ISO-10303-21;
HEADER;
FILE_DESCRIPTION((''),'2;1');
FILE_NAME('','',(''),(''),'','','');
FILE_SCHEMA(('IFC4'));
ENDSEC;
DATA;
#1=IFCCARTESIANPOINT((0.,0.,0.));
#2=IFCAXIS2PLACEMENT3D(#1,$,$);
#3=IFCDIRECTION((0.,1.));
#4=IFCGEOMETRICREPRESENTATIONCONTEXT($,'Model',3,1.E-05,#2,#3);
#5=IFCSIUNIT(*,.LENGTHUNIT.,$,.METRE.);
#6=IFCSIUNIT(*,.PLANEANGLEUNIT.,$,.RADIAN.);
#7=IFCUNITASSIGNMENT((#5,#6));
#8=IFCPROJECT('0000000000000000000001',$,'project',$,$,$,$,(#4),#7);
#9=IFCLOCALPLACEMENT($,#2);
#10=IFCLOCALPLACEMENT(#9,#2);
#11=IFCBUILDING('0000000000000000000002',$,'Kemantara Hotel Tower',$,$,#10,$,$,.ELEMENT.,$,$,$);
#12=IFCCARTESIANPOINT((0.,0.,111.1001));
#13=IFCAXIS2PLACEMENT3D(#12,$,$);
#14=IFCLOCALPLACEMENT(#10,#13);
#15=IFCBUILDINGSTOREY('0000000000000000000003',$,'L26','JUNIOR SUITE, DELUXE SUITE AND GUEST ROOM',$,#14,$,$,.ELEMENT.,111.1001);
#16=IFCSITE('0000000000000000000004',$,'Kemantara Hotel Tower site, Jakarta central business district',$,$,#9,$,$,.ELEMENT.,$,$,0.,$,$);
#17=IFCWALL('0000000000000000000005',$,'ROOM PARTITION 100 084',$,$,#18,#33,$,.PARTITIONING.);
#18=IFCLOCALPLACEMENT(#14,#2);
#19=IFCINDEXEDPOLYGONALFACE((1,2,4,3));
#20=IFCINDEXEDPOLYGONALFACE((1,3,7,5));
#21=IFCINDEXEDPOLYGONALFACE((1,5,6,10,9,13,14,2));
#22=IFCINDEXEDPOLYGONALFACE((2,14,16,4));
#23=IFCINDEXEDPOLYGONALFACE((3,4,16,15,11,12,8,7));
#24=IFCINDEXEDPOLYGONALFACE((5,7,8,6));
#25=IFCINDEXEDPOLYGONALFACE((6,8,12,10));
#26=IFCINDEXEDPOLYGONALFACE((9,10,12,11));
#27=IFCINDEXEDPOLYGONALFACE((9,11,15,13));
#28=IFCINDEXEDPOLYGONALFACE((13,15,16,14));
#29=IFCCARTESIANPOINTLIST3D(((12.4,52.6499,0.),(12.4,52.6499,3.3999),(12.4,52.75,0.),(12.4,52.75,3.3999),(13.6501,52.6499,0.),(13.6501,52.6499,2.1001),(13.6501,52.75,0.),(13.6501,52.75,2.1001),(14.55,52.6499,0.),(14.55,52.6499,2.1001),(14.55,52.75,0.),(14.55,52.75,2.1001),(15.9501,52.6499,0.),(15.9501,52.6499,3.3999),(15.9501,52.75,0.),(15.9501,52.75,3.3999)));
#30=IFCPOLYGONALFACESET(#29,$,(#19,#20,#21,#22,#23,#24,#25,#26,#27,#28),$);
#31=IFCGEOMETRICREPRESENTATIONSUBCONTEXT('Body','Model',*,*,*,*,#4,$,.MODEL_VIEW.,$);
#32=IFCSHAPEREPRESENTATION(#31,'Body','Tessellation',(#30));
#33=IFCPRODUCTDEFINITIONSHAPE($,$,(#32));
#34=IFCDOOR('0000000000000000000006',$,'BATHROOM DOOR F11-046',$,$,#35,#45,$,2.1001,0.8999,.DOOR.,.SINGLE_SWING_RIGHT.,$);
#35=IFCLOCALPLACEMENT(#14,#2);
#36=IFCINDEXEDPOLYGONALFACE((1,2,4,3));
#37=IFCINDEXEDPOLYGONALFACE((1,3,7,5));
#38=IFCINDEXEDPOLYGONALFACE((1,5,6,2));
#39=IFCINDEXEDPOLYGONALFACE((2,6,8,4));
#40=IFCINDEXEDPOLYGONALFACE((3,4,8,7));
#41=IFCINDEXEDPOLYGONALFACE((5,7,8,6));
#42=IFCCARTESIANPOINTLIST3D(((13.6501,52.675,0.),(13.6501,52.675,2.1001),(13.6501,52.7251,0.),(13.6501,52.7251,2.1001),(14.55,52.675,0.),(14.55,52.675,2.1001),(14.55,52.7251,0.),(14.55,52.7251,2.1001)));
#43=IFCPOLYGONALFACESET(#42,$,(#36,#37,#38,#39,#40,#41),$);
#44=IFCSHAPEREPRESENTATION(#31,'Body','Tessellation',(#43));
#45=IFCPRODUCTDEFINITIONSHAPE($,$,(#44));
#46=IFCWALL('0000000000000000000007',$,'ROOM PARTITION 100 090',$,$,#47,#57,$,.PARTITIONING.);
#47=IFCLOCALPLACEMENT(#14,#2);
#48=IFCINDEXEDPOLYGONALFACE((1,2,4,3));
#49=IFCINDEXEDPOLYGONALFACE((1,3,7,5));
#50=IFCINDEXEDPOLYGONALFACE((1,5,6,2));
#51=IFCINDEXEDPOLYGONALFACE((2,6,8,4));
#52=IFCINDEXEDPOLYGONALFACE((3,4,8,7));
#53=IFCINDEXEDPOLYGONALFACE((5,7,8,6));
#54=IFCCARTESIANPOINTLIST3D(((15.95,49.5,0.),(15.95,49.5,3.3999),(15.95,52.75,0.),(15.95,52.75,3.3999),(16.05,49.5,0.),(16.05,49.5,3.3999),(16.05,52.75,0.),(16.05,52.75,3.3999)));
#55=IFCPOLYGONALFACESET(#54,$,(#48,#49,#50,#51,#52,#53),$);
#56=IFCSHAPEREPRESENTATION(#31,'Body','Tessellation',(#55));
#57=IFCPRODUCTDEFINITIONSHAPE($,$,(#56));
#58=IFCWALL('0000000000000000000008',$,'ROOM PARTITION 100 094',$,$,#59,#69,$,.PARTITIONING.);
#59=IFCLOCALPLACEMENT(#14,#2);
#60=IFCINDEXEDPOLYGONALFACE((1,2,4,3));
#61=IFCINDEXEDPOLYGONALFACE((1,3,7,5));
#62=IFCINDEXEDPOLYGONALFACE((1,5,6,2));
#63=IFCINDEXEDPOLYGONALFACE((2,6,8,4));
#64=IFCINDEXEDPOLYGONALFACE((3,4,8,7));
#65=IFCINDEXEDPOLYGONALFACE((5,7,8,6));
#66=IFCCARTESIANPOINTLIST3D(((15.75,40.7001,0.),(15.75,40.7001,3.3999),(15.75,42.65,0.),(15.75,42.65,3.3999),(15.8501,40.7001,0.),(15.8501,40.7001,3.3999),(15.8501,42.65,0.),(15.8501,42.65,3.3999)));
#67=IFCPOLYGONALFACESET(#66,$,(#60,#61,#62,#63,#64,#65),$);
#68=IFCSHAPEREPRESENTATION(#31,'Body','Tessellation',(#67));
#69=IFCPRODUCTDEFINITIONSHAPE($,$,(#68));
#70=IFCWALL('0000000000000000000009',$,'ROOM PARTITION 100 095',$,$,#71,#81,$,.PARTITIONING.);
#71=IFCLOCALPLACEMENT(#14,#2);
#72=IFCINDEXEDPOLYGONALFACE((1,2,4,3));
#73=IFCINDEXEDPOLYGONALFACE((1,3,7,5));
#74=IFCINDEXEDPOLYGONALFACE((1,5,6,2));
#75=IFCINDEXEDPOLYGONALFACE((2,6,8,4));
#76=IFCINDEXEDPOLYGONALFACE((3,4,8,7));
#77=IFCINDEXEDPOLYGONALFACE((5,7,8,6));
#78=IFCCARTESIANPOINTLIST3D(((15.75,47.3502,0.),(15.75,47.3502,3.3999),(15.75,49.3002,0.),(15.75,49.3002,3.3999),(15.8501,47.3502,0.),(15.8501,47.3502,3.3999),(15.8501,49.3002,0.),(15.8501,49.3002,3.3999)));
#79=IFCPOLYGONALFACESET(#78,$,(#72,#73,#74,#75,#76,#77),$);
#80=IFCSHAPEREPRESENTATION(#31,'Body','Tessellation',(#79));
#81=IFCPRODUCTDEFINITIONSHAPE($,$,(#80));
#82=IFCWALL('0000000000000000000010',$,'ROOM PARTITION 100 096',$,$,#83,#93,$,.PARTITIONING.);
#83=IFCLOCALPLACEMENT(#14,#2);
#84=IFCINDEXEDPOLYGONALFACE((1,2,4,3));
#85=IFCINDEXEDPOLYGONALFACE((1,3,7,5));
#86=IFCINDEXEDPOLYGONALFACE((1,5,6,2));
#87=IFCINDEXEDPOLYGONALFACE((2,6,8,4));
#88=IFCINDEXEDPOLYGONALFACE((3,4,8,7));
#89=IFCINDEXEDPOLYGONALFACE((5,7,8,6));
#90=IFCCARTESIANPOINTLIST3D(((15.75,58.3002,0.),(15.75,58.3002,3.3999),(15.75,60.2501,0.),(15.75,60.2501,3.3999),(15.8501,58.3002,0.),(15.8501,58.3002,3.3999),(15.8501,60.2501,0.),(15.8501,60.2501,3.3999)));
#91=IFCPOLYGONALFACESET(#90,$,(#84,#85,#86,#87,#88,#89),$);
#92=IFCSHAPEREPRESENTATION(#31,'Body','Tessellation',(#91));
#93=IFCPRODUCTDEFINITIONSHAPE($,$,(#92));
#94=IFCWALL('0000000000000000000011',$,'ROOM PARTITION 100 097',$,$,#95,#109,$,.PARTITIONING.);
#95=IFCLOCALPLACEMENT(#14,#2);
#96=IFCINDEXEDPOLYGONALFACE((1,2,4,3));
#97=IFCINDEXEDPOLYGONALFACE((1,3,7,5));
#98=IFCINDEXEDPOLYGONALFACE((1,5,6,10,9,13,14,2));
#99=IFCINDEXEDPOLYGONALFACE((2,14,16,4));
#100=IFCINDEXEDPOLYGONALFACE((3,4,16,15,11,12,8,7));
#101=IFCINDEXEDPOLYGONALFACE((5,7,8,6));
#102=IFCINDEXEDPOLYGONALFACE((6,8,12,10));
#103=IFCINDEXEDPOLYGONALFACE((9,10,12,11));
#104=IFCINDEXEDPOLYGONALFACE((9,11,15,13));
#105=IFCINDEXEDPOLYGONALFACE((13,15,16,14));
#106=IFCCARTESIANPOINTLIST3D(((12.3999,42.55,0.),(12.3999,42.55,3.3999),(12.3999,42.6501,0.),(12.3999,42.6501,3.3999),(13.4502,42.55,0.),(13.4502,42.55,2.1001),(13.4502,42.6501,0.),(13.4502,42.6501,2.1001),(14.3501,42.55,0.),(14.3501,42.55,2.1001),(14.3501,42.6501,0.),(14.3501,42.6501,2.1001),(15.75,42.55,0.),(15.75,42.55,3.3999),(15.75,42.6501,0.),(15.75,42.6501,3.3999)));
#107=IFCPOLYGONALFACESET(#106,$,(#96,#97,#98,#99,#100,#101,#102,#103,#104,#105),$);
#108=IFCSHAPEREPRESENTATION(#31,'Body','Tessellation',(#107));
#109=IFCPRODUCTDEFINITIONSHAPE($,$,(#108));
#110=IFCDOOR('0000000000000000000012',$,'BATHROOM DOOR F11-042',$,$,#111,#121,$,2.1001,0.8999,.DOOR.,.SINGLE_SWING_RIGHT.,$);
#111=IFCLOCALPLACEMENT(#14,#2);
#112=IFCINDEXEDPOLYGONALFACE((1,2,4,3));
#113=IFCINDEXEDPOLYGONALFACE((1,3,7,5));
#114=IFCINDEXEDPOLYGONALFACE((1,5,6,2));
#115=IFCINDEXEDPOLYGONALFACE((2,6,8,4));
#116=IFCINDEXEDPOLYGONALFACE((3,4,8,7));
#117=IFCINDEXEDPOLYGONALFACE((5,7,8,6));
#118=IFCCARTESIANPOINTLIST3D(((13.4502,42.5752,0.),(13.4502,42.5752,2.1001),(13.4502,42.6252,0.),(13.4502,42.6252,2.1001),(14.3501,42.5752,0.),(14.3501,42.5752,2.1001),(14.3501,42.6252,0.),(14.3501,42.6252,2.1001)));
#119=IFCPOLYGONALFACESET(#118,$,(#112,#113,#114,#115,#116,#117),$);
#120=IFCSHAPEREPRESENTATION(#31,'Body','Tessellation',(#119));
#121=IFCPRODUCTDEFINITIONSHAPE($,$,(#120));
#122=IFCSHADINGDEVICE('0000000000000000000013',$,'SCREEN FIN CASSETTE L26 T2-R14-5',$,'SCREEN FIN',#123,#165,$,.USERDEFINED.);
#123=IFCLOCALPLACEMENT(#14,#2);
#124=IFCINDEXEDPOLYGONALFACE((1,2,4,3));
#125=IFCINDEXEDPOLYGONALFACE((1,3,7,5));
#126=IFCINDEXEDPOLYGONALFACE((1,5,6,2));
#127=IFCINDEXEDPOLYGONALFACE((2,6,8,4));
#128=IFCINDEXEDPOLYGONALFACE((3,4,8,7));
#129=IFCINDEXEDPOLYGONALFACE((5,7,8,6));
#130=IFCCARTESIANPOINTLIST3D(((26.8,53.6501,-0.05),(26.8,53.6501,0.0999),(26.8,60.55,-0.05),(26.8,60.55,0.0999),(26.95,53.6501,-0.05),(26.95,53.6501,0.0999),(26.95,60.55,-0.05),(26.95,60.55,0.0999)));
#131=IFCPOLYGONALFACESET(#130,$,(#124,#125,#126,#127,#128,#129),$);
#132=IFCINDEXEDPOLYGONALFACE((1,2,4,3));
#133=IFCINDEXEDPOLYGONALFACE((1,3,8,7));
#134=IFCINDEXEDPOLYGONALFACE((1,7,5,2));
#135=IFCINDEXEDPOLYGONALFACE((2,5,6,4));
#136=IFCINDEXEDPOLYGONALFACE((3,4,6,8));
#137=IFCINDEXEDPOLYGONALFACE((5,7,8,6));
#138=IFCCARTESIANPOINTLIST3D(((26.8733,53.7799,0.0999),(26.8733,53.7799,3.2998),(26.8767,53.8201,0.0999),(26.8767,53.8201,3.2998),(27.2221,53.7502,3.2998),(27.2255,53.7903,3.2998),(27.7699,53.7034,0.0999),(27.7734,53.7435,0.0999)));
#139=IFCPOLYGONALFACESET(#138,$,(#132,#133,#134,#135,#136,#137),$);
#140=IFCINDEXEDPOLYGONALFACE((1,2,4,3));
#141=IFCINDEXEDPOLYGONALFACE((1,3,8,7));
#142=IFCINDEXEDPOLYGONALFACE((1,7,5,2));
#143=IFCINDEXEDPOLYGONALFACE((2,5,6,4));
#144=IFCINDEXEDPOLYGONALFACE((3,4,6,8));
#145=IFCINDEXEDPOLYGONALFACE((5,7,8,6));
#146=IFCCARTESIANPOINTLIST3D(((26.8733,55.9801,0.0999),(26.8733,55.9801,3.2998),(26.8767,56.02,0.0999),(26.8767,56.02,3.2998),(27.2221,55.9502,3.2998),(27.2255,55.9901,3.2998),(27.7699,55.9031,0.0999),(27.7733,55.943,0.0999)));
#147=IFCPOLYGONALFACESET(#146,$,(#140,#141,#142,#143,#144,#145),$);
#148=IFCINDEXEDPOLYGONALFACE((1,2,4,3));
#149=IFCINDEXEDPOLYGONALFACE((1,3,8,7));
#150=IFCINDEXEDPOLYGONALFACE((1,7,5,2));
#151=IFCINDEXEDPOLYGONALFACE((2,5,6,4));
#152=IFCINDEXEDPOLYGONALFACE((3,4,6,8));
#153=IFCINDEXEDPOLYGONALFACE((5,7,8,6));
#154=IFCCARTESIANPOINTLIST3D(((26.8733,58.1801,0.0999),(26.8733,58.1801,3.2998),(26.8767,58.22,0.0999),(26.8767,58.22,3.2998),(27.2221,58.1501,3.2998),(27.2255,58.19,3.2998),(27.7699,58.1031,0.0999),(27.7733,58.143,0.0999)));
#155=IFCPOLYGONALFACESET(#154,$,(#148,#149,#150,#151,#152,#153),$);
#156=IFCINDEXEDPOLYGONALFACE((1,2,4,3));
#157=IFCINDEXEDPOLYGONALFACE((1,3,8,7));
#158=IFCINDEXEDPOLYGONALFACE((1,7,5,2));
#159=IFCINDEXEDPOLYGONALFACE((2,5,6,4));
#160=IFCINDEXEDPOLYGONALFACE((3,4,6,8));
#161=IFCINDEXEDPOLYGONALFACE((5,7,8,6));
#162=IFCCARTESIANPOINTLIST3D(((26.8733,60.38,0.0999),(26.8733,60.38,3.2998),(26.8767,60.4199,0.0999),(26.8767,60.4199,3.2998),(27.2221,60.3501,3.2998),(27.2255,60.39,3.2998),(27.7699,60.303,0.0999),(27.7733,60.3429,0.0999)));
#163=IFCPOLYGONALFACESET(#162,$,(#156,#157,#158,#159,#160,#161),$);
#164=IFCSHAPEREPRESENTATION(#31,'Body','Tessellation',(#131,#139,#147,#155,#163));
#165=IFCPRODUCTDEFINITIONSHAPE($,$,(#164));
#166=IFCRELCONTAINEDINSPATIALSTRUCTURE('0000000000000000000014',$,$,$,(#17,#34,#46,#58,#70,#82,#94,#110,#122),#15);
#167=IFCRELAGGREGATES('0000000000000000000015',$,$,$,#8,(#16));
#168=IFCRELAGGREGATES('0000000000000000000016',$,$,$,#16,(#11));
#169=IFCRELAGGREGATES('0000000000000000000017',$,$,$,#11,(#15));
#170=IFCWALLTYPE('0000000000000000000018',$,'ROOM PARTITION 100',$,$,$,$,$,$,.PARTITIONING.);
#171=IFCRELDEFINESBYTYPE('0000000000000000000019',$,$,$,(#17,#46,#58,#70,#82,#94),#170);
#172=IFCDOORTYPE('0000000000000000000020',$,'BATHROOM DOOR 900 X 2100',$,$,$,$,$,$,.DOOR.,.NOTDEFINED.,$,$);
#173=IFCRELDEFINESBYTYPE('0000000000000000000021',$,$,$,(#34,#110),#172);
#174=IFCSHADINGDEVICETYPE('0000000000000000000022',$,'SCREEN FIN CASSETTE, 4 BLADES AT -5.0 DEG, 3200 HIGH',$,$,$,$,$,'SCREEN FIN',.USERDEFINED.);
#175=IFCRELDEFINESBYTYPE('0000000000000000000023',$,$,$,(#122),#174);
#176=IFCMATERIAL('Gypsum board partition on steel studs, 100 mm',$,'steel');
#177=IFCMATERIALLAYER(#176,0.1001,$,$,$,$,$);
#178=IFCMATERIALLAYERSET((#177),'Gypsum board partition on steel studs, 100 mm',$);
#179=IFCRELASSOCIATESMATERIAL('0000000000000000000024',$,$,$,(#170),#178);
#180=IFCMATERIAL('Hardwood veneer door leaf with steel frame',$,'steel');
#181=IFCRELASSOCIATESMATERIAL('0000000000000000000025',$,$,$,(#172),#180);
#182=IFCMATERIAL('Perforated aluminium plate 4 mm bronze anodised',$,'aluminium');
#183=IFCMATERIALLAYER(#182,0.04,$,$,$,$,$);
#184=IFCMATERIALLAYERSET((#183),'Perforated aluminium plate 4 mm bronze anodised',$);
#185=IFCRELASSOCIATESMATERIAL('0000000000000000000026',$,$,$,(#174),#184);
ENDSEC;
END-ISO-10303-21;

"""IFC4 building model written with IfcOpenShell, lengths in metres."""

from ifc_helpers import new_model, si_unit, direction, frame, frame_2d, origin, origin_2d, place, context, subcontext, project, spatial, polyline, rectangle, outline, extrude, source, transform, mapped, material, layer, layer_set, type_object, element, fill, save


model = new_model("IFC4")

# Units and contexts
model_context = context("Model", 3, precision=1e-05, world=origin(), true_north=direction((0.0, 1.0)))
body_context = subcontext(model_context, "Body", "Model", "MODEL_VIEW")
ifc_project = project(units=[si_unit("LENGTHUNIT", "METRE"), si_unit("PLANEANGLEUNIT", "RADIAN")], contexts=[model_context])

# Site, building, storey
site_placement = place(None, origin())
site = spatial("IfcSite", under=ifc_project, at=site_placement, Name="Kemantara Hotel Tower site, Jakarta central business district", CompositionType="ELEMENT", RefElevation=0.0)
building_placement = place(site_placement, origin())
building = spatial("IfcBuilding", under=site, at=building_placement, Name="Kemantara Hotel Tower", CompositionType="ELEMENT")
storey_placement = place(building_placement, frame((0.0, 0.0, 111.1001)))
storey = spatial("IfcBuildingStorey", under=building, at=storey_placement, Name="L26", Description="JUNIOR SUITE, DELUXE SUITE AND GUEST ROOM", CompositionType="ELEMENT", Elevation=111.1001)

# Wall, opening, door
ifc_material_1 = material(Name="Gypsum board partition on steel studs, 100 mm", Category="steel")
ifc_layer_1 = layer(ifc_material_1, 0.1001)
ifc_layer_set_1 = layer_set([ifc_layer_1], Name="Gypsum board partition on steel studs, 100 mm")
wall_type_1 = type_object("IfcWallType", Name="ROOM PARTITION 100", PredefinedType="PARTITIONING", material=ifc_layer_set_1)
wall_1_placement = place(storey_placement, frame((15.95, 52.7, 0.0), z_axis=(0.0, 0.0, 1.0), x_axis=(-1.0, 0.0, 0.0)))
wall_1 = element("IfcWall", 1, at=wall_1_placement, inside=storey, type_object=wall_type_1, Name="ROOM PARTITION 100 084", PredefinedType="PARTITIONING", context=body_context, shape_type="SweptSolid", body=[
    extrude(rectangle(XDim=3.55, YDim=0.1001, at=frame_2d((1.7749, 0.0))), origin(), (0.0, 0.0, 1.0), 3.3999),
])
opening_1_placement = place(wall_1_placement, frame((1.3999, 0.0, 0.0)))
opening_1 = element("IfcOpeningElement", 2, at=opening_1_placement, cuts=wall_1, PredefinedType="OPENING", context=body_context, shape_type="SweptSolid", body=[
    extrude(rectangle(XDim=0.8999, YDim=2.1001, at=frame_2d((0.45, 1.05))), frame((0.0, 0.0601, 0.0), z_axis=(0.0, -1.0, 0.0), x_axis=(1.0, 0.0, 0.0)), (0.0, 0.0, 1.0), 0.1201),
])
ifc_material_2 = material(Name="Hardwood veneer door leaf with steel frame", Category="steel")
door_type = type_object("IfcDoorType", Name="BATHROOM DOOR 900 X 2100", OperationType="NOTDEFINED", PredefinedType="DOOR", material=ifc_material_2)
door_1_placement = place(opening_1_placement, origin())
door_1 = element("IfcDoor", 3, at=door_1_placement, inside=storey, type_object=door_type, Name="BATHROOM DOOR F11-046", OperationType="SINGLE_SWING_RIGHT", OverallHeight=2.1001, OverallWidth=0.8999, PredefinedType="DOOR", context=body_context, shape_type="SweptSolid", body=[
    extrude(rectangle(XDim=0.8999, YDim=2.1001, at=frame_2d((0.45, 1.05))), frame((0.0, 0.0249, 0.0), z_axis=(0.0, -1.0, 0.0), x_axis=(1.0, 0.0, 0.0)), (0.0, 0.0, 1.0), 0.05),
])
fill(opening_1, door_1)

# Walls
wall_2_placement = place(storey_placement, frame((16.0, 49.5, 0.0), z_axis=(0.0, 0.0, 1.0), x_axis=(0.0, 1.0, 0.0)))
element("IfcWall", 4, at=wall_2_placement, inside=storey, type_object=wall_type_1, Name="ROOM PARTITION 100 090", PredefinedType="PARTITIONING", context=body_context, shape_type="SweptSolid", body=[
    extrude(rectangle(XDim=3.25, YDim=0.1001, at=frame_2d((1.625, 0.0))), origin(), (0.0, 0.0, 1.0), 3.3999),
])
for number, where, z_axis, x_axis, name in (
    (5, (15.8, 40.7, 0.0), (0.0, 0.0, 1.0), (0.0, 1.0, 0.0), "ROOM PARTITION 100 094"),
    (6, (15.8, 47.3501, 0.0), (0.0, 0.0, 1.0), (0.0, 1.0, 0.0), "ROOM PARTITION 100 095"),
    (7, (15.8, 58.3, 0.0), (0.0, 0.0, 1.0), (0.0, 1.0, 0.0), "ROOM PARTITION 100 096"),
):
    element("IfcWall", number, at=place(storey_placement, frame(where, z_axis=z_axis, x_axis=x_axis)), inside=storey, type_object=wall_type_1, Name=name, PredefinedType="PARTITIONING", context=body_context, shape_type="SweptSolid", body=[
        extrude(rectangle(XDim=1.95, YDim=0.1001, at=frame_2d((0.9751, 0.0))), origin(), (0.0, 0.0, 1.0), 3.3999),
    ])

# Wall, opening, door
wall_3_placement = place(storey_placement, frame((15.75, 42.6001, 0.0), z_axis=(0.0, 0.0, 1.0), x_axis=(-1.0, 0.0, 0.0)))
wall_3 = element("IfcWall", 8, at=wall_3_placement, inside=storey, type_object=wall_type_1, Name="ROOM PARTITION 100 097", PredefinedType="PARTITIONING", context=body_context, shape_type="SweptSolid", body=[
    extrude(rectangle(XDim=3.3501, YDim=0.1001, at=frame_2d((1.675, 0.0))), origin(), (0.0, 0.0, 1.0), 3.3999),
])
opening_2_placement = place(wall_3_placement, frame((1.3999, 0.0, 0.0)))
opening_2 = element("IfcOpeningElement", 9, at=opening_2_placement, cuts=wall_3, PredefinedType="OPENING", context=body_context, shape_type="SweptSolid", body=[
    extrude(rectangle(XDim=0.8999, YDim=2.1001, at=frame_2d((0.45, 1.05))), frame((0.0, 0.0601, 0.0), z_axis=(0.0, -1.0, 0.0), x_axis=(1.0, 0.0, 0.0)), (0.0, 0.0, 1.0), 0.1201),
])
door_2_placement = place(opening_2_placement, origin())
door_2 = element("IfcDoor", 10, at=door_2_placement, inside=storey, type_object=door_type, Name="BATHROOM DOOR F11-042", OperationType="SINGLE_SWING_RIGHT", OverallHeight=2.1001, OverallWidth=0.8999, PredefinedType="DOOR", context=body_context, shape_type="SweptSolid", body=[
    extrude(rectangle(XDim=0.8999, YDim=2.1001, at=frame_2d((0.45, 1.05))), frame((0.0, 0.0249, 0.0), z_axis=(0.0, -1.0, 0.0), x_axis=(1.0, 0.0, 0.0)), (0.0, 0.0, 1.0), 0.05),
])
fill(opening_2, door_2)

# Shading device
ifc_material_3 = material(Name="Perforated aluminium plate 4 mm bronze anodised", Category="aluminium")
ifc_layer_2 = layer(ifc_material_3, 0.04)
ifc_layer_set_2 = layer_set([ifc_layer_2], Name="Perforated aluminium plate 4 mm bronze anodised")
shading_device_type_1 = type_object("IfcShadingDeviceType", Name="SCREEN FIN CASSETTE, 4 BLADES AT -5.0 DEG, 3200 HIGH", ElementType="SCREEN FIN", PredefinedType="USERDEFINED", material=ifc_layer_set_2)
shared_shape_1 = source(origin(), body_context, "Body", "SweptSolid", [
    extrude(rectangle(XDim=6.8999, YDim=0.1499, at=origin_2d()), frame((3.3, -0.075, -0.1499), z_axis=(0.0, 0.0, 1.0), x_axis=(1.0, 0.0, 0.0)), (0.0, 0.0, 1.0), 0.1499),
    extrude(outline(polyline([(0.0, 0.0), (0.8999, 0.0), (0.3501, 3.2), (0.0, 3.2), (0.0, 0.0)])), frame((0.02, -0.0767, 0.0), z_axis=(-0.996376, 0.085056, 0.0), x_axis=(-0.085056, -0.996376, 0.0)), (0.0, 0.0, 1.0), 0.0403),
    extrude(outline(polyline([(0.0, 0.0), (0.8999, 0.0), (0.3501, 3.2), (0.0, 3.2), (0.0, 0.0)])), frame((2.22, -0.0767, 0.0), z_axis=(-0.996332, 0.085575, 0.0), x_axis=(-0.085575, -0.996332, 0.0)), (0.0, 0.0, 1.0), 0.04),
    extrude(outline(polyline([(0.0, 0.0), (0.8999, 0.0), (0.3501, 3.2), (0.0, 3.2), (0.0, 0.0)])), frame((4.4199, -0.0767, 0.0), z_axis=(-0.996332, 0.085575, 0.0), x_axis=(-0.085575, -0.996332, 0.0)), (0.0, 0.0, 1.0), 0.04),
    extrude(outline(polyline([(0.0, 0.0), (0.8999, 0.0), (0.3501, 3.2), (0.0, 3.2), (0.0, 0.0)])), frame((6.6199, -0.0767, 0.0), z_axis=(-0.996332, 0.085575, 0.0), x_axis=(-0.085575, -0.996332, 0.0)), (0.0, 0.0, 1.0), 0.04),
])
shading_device_1_placement = place(storey_placement, frame((26.8, 53.8, 0.0999), z_axis=(0.0, 0.0, 1.0), x_axis=(0.0, 1.0, 0.0)))
element("IfcShadingDevice", 11, at=shading_device_1_placement, inside=storey, type_object=shading_device_type_1, Name="SCREEN FIN CASSETTE L26 T2-R14-5", ObjectType="SCREEN FIN", PredefinedType="USERDEFINED", context=body_context, shape_type="MappedRepresentation", body=[
    mapped(shared_shape_1, transform((0.0, 0.0, 0.0))),
])

save(model, "model.ifc")
